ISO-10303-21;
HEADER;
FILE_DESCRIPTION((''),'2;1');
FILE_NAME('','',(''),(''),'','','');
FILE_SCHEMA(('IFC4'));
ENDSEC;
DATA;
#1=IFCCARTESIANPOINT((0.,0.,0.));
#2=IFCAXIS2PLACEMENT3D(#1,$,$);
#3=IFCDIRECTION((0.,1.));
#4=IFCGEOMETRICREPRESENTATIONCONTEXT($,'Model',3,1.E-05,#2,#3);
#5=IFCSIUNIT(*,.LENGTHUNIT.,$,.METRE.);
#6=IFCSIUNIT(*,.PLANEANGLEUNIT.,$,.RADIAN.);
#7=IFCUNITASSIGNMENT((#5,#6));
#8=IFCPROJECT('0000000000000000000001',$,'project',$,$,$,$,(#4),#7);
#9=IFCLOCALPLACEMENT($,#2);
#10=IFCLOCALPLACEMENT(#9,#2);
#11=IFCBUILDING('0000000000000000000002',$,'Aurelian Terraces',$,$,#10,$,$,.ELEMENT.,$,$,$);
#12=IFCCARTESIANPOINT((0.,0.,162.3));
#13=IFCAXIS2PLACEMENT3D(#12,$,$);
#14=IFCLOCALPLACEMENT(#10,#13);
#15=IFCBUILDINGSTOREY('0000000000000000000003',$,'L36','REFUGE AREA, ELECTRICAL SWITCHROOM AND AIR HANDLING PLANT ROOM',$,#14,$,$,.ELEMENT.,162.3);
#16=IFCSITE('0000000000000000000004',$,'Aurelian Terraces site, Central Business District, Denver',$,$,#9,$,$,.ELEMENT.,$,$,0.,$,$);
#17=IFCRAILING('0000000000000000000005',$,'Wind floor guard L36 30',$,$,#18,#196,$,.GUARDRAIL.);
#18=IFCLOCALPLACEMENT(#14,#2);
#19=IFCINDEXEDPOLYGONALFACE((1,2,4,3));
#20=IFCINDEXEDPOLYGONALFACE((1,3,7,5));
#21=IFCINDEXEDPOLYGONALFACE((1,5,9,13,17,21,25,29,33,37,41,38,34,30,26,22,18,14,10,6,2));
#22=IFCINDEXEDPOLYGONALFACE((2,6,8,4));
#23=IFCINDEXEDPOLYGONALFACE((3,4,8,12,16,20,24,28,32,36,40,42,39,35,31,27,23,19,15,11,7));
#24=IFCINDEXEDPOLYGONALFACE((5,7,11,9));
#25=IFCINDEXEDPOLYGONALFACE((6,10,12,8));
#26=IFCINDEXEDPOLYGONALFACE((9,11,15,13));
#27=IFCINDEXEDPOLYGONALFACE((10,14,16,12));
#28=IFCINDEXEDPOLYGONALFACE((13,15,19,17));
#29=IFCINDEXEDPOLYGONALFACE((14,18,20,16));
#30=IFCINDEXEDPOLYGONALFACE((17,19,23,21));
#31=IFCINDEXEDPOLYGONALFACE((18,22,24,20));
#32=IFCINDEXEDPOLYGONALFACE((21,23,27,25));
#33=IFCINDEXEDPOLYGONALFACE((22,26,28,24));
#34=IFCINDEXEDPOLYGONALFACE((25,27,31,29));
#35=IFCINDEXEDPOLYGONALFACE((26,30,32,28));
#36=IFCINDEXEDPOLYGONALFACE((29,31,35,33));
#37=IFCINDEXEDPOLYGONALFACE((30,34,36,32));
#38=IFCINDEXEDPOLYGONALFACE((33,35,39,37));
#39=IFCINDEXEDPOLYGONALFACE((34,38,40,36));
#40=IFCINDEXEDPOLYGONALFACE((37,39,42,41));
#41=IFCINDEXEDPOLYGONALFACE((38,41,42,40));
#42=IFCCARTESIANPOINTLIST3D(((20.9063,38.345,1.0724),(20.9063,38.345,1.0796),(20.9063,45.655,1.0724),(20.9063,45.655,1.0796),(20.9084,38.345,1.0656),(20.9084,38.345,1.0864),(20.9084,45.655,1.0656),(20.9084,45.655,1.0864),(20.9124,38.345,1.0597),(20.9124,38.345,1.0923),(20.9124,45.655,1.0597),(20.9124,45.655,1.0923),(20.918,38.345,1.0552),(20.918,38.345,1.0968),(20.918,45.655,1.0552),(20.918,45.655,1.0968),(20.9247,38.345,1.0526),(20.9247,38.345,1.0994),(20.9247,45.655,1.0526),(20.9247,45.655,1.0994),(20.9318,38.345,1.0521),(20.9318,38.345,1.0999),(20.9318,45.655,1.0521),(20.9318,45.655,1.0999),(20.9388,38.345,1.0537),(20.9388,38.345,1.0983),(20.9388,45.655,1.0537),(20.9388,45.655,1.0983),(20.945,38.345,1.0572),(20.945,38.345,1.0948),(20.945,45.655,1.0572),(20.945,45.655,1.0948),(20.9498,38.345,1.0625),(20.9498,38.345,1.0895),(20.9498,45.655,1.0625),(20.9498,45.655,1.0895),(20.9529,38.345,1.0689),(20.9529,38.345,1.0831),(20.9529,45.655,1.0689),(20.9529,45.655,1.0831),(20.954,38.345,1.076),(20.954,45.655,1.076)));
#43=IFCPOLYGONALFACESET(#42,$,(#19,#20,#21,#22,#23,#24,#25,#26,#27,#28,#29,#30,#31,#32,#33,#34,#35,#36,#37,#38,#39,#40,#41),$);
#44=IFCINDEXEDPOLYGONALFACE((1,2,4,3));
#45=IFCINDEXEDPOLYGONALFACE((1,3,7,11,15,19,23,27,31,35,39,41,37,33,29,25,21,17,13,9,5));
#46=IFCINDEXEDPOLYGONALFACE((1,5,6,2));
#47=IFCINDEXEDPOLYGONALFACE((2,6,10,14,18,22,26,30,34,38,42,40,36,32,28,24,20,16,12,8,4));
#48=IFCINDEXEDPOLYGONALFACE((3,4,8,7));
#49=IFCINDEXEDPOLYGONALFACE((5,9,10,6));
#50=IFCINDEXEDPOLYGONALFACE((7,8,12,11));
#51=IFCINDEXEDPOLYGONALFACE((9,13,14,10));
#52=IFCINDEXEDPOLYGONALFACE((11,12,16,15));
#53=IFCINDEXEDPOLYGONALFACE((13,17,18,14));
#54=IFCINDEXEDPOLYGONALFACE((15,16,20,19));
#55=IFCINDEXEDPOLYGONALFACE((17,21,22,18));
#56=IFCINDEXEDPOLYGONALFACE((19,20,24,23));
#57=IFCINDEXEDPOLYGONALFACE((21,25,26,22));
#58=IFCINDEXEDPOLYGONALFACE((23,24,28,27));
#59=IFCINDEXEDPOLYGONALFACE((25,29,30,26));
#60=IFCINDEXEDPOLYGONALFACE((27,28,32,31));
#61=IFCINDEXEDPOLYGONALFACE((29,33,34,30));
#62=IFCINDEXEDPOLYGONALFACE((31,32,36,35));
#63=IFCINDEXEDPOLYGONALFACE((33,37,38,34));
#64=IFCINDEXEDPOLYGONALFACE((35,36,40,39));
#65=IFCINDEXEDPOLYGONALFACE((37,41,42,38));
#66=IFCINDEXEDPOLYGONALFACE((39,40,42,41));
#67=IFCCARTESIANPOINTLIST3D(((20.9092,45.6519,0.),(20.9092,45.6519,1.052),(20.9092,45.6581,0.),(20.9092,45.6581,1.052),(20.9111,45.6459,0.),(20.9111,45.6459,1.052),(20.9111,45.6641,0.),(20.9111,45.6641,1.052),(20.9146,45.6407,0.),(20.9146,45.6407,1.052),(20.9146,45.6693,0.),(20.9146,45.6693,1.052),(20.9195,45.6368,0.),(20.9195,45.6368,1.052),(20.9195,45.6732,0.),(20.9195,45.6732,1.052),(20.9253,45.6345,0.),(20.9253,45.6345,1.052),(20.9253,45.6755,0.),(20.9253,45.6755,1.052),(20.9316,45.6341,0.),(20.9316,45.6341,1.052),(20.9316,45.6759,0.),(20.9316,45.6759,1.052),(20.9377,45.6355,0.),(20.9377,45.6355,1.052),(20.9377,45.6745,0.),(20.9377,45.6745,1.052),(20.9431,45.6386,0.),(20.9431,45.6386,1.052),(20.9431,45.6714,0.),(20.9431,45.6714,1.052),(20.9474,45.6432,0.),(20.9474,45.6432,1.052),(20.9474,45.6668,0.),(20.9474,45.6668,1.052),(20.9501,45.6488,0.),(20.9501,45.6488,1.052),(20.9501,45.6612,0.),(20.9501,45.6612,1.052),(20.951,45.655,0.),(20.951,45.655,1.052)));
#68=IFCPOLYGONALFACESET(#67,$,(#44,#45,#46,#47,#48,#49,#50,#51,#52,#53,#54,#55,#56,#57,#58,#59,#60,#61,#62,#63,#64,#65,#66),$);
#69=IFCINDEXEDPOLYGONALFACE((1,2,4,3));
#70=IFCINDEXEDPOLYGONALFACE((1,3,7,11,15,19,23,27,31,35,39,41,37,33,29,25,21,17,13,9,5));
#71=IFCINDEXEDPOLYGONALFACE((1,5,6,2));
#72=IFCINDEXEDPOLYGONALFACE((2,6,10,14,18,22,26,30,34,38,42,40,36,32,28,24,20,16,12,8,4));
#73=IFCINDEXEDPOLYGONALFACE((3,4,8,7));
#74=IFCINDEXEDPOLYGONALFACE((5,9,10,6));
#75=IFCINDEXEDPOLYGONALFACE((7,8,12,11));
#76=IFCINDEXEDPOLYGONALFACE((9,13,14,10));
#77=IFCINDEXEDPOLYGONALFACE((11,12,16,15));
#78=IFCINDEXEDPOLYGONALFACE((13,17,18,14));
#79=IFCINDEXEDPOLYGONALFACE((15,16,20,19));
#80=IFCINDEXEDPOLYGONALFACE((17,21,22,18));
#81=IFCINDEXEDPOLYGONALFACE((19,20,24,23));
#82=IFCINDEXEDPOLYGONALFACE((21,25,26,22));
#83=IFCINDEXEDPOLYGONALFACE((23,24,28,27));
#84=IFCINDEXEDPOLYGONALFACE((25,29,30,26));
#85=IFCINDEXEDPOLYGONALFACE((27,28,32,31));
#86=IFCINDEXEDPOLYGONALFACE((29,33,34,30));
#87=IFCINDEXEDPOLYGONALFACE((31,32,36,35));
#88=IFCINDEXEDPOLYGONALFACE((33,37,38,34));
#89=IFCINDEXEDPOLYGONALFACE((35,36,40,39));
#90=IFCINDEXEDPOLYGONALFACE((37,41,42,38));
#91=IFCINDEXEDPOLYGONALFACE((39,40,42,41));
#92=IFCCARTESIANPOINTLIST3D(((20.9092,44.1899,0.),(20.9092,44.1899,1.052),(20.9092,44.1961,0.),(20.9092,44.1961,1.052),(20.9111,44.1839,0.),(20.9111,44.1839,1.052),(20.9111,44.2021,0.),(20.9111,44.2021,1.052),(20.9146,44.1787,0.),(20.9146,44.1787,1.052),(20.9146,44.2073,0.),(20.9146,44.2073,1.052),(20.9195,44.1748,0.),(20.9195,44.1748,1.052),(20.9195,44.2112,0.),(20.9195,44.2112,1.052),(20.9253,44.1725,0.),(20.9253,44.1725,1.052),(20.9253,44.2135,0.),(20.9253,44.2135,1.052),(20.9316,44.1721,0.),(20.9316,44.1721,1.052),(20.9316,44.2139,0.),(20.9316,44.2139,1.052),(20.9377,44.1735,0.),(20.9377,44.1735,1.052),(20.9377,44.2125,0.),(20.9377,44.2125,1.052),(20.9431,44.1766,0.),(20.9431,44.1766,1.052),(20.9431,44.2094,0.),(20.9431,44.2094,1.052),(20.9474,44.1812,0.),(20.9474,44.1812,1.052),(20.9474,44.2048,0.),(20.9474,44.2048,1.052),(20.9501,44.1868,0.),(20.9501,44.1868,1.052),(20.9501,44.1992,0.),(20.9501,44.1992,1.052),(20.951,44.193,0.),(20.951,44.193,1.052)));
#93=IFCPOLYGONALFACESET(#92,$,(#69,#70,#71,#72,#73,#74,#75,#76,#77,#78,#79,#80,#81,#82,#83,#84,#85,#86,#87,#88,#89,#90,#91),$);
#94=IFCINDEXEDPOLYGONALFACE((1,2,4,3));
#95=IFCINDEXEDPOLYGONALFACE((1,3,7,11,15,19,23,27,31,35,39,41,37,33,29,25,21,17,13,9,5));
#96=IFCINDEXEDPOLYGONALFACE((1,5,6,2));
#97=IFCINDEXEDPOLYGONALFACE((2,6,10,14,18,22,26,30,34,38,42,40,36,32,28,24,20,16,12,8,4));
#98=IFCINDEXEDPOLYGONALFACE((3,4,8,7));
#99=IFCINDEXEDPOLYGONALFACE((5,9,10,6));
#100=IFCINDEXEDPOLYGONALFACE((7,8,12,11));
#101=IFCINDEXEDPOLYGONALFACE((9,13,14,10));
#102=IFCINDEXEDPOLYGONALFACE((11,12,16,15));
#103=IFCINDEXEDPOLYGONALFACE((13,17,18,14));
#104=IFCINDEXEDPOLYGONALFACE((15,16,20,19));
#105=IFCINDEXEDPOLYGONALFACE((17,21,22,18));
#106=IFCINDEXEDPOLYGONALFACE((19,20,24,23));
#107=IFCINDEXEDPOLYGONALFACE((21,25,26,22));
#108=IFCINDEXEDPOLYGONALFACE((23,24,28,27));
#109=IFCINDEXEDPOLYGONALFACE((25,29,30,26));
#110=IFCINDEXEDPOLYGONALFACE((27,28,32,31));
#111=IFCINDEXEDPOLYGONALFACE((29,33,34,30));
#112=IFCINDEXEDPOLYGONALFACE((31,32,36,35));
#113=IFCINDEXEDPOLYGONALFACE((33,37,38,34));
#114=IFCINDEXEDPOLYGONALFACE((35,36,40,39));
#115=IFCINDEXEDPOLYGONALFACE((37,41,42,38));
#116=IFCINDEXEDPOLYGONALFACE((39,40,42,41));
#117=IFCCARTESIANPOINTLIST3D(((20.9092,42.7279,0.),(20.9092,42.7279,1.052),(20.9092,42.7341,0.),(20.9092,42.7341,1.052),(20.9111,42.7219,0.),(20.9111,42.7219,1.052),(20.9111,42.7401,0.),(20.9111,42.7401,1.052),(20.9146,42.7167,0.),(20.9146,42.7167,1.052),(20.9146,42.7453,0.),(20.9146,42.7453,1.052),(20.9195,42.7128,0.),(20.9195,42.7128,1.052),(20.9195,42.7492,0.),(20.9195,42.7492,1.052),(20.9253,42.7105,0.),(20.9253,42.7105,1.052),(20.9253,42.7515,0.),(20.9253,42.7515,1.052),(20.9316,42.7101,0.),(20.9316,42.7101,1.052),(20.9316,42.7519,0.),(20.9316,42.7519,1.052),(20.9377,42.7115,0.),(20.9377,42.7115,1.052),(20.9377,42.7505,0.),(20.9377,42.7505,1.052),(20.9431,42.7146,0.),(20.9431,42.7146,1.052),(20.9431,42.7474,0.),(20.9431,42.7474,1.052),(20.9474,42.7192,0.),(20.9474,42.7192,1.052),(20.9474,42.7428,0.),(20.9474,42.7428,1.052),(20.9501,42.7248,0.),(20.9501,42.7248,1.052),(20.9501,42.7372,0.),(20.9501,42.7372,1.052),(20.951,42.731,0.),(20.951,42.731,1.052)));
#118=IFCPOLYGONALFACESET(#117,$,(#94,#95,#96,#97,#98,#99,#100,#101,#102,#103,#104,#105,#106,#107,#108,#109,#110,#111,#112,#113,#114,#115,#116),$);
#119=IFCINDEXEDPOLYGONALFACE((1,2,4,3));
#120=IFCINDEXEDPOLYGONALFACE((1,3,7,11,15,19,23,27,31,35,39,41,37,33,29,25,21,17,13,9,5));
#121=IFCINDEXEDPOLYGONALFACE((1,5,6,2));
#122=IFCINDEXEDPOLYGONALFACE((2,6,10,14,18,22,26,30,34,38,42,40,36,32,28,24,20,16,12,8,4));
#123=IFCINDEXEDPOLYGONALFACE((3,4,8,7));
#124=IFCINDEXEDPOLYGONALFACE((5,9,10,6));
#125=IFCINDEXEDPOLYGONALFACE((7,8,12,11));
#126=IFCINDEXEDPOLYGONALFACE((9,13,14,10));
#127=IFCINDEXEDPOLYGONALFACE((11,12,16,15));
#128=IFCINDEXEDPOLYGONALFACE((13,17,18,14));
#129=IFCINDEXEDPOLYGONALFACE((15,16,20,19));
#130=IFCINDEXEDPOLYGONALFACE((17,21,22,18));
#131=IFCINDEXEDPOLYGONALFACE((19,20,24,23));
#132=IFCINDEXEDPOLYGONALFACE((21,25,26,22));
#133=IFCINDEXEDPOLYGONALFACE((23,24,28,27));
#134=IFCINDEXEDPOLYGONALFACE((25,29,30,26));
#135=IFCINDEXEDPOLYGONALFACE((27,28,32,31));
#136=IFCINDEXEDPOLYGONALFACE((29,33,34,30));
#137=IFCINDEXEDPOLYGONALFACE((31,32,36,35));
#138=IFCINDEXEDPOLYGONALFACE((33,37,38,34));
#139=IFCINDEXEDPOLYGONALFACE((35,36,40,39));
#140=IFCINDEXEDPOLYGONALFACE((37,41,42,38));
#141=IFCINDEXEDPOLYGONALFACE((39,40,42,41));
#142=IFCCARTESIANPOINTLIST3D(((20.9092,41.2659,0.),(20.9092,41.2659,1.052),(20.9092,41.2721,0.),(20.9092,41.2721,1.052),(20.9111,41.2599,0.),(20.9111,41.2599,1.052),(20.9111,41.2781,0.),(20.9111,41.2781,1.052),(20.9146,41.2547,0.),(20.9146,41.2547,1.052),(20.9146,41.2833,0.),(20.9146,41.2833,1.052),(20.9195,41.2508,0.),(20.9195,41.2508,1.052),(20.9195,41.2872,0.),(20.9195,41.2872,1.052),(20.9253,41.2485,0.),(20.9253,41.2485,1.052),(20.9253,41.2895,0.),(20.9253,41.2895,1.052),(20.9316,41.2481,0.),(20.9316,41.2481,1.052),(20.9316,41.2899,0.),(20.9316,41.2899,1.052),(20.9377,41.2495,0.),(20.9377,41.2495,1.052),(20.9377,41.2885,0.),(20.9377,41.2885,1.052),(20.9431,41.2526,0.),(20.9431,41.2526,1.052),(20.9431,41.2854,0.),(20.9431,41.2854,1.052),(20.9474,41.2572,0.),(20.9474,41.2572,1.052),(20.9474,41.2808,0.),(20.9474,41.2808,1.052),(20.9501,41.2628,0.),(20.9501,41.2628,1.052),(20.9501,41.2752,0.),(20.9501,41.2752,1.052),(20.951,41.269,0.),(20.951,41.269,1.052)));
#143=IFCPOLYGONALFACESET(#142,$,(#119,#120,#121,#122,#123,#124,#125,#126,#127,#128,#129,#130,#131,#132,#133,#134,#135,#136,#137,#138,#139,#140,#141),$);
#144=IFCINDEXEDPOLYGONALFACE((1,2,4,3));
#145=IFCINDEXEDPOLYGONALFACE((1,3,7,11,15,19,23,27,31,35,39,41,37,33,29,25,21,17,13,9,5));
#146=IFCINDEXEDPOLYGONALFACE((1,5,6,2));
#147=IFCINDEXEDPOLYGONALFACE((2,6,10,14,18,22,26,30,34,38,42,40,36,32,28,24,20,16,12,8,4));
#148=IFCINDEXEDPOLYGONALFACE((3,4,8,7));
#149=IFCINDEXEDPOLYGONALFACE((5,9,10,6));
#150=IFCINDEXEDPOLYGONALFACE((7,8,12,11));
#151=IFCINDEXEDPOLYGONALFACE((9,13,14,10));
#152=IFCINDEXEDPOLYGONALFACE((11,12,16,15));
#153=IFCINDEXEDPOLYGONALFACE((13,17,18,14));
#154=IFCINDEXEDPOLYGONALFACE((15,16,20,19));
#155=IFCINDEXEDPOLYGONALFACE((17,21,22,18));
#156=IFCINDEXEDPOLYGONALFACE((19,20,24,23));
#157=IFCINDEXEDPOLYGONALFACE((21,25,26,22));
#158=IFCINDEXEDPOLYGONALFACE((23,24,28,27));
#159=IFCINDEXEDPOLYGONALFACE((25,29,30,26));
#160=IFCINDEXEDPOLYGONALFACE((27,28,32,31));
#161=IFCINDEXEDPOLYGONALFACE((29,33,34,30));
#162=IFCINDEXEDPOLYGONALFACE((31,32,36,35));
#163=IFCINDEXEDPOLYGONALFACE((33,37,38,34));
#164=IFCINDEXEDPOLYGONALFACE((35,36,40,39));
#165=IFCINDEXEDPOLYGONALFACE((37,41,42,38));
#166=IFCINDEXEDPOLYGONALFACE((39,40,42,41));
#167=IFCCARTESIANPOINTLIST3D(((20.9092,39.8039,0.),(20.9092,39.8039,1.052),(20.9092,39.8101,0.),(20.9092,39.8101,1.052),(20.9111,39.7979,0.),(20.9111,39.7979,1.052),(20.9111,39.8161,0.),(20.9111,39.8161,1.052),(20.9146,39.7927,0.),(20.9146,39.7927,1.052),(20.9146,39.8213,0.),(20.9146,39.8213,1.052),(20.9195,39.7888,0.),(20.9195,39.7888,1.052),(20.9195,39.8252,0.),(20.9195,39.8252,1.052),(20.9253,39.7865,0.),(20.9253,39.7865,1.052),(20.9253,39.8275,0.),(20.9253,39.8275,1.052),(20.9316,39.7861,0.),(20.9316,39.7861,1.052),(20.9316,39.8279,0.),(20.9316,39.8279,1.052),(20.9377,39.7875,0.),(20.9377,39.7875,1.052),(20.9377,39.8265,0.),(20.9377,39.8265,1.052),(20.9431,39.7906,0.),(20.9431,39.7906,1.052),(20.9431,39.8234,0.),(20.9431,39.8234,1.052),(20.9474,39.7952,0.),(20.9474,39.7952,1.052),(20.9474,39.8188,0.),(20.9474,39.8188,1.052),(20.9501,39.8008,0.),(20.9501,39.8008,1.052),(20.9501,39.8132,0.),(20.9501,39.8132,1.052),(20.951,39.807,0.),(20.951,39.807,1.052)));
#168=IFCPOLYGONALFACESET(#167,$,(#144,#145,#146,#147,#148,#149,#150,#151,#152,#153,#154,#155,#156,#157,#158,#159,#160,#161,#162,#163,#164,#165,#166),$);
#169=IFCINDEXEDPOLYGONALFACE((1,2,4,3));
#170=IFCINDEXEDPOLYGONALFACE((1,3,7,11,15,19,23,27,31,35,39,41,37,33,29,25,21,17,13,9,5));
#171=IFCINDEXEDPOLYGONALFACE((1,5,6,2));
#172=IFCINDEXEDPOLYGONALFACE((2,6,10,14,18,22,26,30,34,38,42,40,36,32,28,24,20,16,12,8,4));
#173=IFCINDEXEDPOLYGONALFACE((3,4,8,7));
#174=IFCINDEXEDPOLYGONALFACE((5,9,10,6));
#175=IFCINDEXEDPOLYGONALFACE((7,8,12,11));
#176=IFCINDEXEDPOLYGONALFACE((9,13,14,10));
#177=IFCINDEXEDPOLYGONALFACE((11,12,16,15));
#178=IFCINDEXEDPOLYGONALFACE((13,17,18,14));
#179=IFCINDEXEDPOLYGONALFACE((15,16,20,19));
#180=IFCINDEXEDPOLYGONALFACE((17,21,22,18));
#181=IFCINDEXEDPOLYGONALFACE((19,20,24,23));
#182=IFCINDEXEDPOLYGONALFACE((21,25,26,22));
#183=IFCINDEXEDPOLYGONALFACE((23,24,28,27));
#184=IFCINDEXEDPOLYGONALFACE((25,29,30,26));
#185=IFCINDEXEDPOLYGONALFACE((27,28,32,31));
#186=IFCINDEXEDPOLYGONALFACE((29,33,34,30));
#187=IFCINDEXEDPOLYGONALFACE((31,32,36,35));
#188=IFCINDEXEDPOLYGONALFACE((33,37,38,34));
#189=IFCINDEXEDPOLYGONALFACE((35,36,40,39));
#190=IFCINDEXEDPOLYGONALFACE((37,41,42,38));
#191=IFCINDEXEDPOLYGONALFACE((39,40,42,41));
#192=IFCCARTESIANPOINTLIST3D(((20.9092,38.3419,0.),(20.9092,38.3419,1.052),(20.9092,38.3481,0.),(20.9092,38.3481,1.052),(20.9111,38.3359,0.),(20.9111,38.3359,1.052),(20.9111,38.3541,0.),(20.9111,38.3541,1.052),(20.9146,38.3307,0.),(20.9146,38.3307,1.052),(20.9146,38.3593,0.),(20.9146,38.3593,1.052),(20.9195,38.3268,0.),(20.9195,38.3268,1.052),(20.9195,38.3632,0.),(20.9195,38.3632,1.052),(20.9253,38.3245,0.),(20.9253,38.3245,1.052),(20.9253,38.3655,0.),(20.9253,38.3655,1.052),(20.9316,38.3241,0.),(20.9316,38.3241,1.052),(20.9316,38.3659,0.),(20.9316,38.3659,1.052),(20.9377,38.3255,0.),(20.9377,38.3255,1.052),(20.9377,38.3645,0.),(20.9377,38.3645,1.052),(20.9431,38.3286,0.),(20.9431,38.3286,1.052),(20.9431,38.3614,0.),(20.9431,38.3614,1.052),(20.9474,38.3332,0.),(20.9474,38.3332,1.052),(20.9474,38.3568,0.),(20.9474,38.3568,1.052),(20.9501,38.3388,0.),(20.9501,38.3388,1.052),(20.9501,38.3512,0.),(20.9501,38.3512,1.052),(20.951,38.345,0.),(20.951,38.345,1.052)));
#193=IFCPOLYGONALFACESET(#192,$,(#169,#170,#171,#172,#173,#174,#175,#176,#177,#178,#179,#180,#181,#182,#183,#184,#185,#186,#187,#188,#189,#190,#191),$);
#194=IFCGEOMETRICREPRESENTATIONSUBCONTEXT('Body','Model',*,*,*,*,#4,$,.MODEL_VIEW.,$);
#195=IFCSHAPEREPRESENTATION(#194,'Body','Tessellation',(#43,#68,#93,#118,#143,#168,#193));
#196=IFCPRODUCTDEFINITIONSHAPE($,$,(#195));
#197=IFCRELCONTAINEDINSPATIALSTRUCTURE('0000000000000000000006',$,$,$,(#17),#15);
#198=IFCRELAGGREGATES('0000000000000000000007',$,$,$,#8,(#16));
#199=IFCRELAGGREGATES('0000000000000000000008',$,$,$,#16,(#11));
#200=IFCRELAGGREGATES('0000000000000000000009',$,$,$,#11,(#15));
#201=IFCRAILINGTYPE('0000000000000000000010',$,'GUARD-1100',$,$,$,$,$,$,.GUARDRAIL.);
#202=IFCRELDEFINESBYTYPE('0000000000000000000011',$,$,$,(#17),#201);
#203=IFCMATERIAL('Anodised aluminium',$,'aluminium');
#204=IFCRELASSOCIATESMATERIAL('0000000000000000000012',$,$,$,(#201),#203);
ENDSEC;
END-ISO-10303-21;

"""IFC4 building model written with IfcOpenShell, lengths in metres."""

from ifc_helpers import new_model, si_unit, direction, frame, origin, origin_2d, place, context, subcontext, project, spatial, circle, extrude, material, type_object, element, save


model = new_model("IFC4")

# Units and contexts
model_context = context("Model", 3, precision=1e-05, world=origin(), true_north=direction((0.0, 1.0)))
body_context = subcontext(model_context, "Body", "Model", "MODEL_VIEW")
ifc_project = project(units=[si_unit("LENGTHUNIT", "METRE"), si_unit("PLANEANGLEUNIT", "RADIAN")], contexts=[model_context])

# Site, building, storey
site_placement = place(None, origin())
site = spatial("IfcSite", under=ifc_project, at=site_placement, Name="Aurelian Terraces site, Central Business District, Denver", CompositionType="ELEMENT", RefElevation=0.0)
building_placement = place(site_placement, origin())
building = spatial("IfcBuilding", under=site, at=building_placement, Name="Aurelian Terraces", CompositionType="ELEMENT")
storey_placement = place(building_placement, frame((0.0, 0.0, 162.3)))
storey = spatial("IfcBuildingStorey", under=building, at=storey_placement, Name="L36", Description="REFUGE AREA, ELECTRICAL SWITCHROOM AND AIR HANDLING PLANT ROOM", CompositionType="ELEMENT", Elevation=162.3)

# Railing
ifc_material_1 = material(Name="Anodised aluminium", Category="aluminium")
railing_type = type_object("IfcRailingType", Name="GUARD-1100", PredefinedType="GUARDRAIL", material=ifc_material_1)
railing_1_placement = place(storey_placement, frame((20.93, 45.655, 0.0)))
element("IfcRailing", 1, at=railing_1_placement, inside=storey, type_object=railing_type, Name="Wind floor guard L36 30", PredefinedType="GUARDRAIL", context=body_context, shape_type="SweptSolid", body=[
    extrude(circle(Radius=0.024, at=origin_2d()), frame((0.0, 0.0, 1.076), z_axis=(0.0, -1.0, 0.0), x_axis=(1.0, 0.0, 0.0)), (0.0, 0.0, 1.0), 7.31),
    extrude(circle(Radius=0.021, at=origin_2d()), origin(), (0.0, 0.0, 1.0), 1.052),
    extrude(circle(Radius=0.021, at=origin_2d()), frame((0.0, -1.462, 0.0)), (0.0, 0.0, 1.0), 1.052),
    extrude(circle(Radius=0.021, at=origin_2d()), frame((0.0, -2.924, 0.0)), (0.0, 0.0, 1.0), 1.052),
    extrude(circle(Radius=0.021, at=origin_2d()), frame((0.0, -4.386, 0.0)), (0.0, 0.0, 1.0), 1.052),
    extrude(circle(Radius=0.021, at=origin_2d()), frame((0.0, -5.848, 0.0)), (0.0, 0.0, 1.0), 1.052),
    extrude(circle(Radius=0.021, at=origin_2d()), frame((0.0, -7.31, 0.0)), (0.0, 0.0, 1.0), 1.052),
])

save(model, "model.ifc")
